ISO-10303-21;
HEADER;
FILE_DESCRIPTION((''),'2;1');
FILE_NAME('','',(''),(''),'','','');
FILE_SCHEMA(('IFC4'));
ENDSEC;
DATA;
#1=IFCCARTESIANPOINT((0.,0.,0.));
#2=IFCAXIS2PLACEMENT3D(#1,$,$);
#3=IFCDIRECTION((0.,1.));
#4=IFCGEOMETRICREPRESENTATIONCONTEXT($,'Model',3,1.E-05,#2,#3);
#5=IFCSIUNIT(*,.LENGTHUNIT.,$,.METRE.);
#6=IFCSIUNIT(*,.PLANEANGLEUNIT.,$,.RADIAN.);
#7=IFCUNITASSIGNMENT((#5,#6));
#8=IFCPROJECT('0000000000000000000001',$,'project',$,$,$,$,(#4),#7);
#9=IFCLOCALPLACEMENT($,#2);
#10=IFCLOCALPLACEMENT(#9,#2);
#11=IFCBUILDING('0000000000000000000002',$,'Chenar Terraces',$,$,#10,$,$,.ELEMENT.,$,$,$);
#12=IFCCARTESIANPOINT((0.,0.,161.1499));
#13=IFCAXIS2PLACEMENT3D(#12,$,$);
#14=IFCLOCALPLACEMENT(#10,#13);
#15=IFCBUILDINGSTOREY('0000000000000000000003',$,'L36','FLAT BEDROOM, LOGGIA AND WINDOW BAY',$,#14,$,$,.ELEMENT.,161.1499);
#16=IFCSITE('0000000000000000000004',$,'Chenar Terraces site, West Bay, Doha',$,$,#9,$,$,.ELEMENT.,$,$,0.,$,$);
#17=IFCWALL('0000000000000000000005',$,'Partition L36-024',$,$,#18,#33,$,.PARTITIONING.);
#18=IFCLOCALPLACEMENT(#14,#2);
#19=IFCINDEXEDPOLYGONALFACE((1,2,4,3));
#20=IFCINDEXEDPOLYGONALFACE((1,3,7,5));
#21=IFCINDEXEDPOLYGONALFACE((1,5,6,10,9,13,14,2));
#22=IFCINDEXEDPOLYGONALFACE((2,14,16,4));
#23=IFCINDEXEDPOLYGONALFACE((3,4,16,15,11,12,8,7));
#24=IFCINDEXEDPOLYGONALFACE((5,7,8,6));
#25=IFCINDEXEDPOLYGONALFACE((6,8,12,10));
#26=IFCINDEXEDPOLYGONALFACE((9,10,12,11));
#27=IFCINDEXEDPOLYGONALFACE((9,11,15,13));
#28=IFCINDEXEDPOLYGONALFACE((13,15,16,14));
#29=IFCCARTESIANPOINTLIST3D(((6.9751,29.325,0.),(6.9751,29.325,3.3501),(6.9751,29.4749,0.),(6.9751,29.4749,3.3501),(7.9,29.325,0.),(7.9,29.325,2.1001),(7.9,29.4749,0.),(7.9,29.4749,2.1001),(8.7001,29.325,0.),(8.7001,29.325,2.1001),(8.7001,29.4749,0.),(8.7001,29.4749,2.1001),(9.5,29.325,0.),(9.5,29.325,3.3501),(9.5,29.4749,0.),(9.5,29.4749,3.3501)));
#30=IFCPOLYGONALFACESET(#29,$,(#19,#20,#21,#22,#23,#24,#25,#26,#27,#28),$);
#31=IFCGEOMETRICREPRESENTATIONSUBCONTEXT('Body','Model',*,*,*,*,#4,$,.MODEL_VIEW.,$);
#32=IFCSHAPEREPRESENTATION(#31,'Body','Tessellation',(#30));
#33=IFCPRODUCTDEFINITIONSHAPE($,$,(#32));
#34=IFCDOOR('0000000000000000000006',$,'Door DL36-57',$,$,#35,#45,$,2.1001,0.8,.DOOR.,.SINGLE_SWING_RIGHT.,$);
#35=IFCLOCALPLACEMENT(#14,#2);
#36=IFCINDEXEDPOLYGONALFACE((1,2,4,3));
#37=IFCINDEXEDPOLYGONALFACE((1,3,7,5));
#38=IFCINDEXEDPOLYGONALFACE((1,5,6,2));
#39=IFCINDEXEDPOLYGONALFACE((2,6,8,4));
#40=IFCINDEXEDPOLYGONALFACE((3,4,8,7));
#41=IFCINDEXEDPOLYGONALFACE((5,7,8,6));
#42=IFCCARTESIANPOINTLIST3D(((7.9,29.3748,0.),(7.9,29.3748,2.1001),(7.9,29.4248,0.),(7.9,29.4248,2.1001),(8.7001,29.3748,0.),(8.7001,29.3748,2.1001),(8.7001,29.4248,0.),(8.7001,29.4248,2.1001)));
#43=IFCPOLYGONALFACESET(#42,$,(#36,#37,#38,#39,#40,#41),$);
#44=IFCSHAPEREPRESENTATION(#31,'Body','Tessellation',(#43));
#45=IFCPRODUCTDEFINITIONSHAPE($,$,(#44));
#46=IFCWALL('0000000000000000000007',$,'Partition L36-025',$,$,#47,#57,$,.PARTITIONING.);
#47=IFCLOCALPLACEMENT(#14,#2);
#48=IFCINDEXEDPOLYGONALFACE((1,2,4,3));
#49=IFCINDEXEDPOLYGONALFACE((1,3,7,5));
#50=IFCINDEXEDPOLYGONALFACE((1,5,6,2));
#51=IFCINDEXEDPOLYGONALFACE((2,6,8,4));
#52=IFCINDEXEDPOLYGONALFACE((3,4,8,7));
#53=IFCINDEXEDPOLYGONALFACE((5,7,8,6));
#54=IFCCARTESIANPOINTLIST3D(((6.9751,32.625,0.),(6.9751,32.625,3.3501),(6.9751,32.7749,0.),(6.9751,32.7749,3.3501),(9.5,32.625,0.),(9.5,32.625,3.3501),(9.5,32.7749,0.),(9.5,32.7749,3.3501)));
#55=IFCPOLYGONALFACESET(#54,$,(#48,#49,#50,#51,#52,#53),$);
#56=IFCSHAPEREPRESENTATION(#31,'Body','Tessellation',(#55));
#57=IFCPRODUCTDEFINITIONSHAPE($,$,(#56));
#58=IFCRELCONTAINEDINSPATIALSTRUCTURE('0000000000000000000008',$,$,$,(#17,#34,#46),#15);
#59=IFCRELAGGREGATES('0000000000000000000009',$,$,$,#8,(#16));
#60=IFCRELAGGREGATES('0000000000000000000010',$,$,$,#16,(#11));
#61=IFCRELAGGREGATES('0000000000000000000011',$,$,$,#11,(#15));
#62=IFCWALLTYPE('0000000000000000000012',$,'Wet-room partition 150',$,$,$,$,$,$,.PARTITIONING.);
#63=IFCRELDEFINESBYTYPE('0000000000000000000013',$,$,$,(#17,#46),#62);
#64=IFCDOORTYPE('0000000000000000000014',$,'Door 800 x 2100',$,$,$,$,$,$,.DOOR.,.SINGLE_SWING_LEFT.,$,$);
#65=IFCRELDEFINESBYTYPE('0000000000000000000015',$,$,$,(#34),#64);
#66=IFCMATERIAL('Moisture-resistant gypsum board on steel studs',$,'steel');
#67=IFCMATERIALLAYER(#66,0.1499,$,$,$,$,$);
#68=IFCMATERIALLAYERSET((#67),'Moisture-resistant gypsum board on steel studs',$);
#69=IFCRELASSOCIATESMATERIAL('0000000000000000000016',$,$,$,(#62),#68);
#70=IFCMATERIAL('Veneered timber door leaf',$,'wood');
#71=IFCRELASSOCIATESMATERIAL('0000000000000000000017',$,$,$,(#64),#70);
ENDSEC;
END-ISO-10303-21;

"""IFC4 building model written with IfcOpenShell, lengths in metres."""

from ifc_helpers import new_model, si_unit, direction, frame, frame_2d, origin, place, context, subcontext, project, spatial, rectangle, extrude, material, layer, layer_set, type_object, element, fill, save


model = new_model("IFC4")

# Units and contexts
model_context = context("Model", 3, precision=1e-05, world=origin(), true_north=direction((0.0, 1.0)))
body_context = subcontext(model_context, "Body", "Model", "MODEL_VIEW")
ifc_project = project(units=[si_unit("LENGTHUNIT", "METRE"), si_unit("PLANEANGLEUNIT", "RADIAN")], contexts=[model_context])

# Site, building, storey
site_placement = place(None, origin())
site = spatial("IfcSite", under=ifc_project, at=site_placement, Name="Chenar Terraces site, West Bay, Doha", CompositionType="ELEMENT", RefElevation=0.0)
building_placement = place(site_placement, origin())
building = spatial("IfcBuilding", under=site, at=building_placement, Name="Chenar Terraces", CompositionType="ELEMENT")
storey_placement = place(building_placement, frame((0.0, 0.0, 161.1499)))
storey = spatial("IfcBuildingStorey", under=building, at=storey_placement, Name="L36", Description="FLAT BEDROOM, LOGGIA AND WINDOW BAY", CompositionType="ELEMENT", Elevation=161.1499)

# Wall, opening, door
ifc_material_1 = material(Name="Moisture-resistant gypsum board on steel studs", Category="steel")
ifc_layer_1 = layer(ifc_material_1, 0.1499)
ifc_layer_set_1 = layer_set([ifc_layer_1], Name="Moisture-resistant gypsum board on steel studs")
wall_type_1 = type_object("IfcWallType", Name="Wet-room partition 150", PredefinedType="PARTITIONING", material=ifc_layer_set_1)
wall_1_placement = place(storey_placement, frame((6.9751, 29.3999, 0.0), z_axis=(0.0, 0.0, 1.0), x_axis=(1.0, 0.0, 0.0)))
wall_1 = element("IfcWall", 1, at=wall_1_placement, inside=storey, type_object=wall_type_1, Name="Partition L36-024", PredefinedType="PARTITIONING", context=body_context, shape_type="SweptSolid", body=[
    extrude(rectangle(XDim=2.5249, YDim=0.1499, at=frame_2d((1.2625, 0.0))), origin(), (0.0, 0.0, 1.0), 3.3501),
])
opening_1_placement = place(wall_1_placement, frame((0.925, 0.0, 0.0)))
opening_1 = element("IfcOpeningElement", 2, at=opening_1_placement, cuts=wall_1, PredefinedType="OPENING", context=body_context, shape_type="SweptSolid", body=[
    extrude(rectangle(XDim=0.8, YDim=2.1001, at=frame_2d((0.3999, 1.05))), frame((0.0, 0.085, 0.0), z_axis=(0.0, -1.0, 0.0), x_axis=(1.0, 0.0, 0.0)), (0.0, 0.0, 1.0), 0.1699),
])
ifc_material_2 = material(Name="Veneered timber door leaf", Category="wood")
door_type_1 = type_object("IfcDoorType", Name="Door 800 x 2100", OperationType="SINGLE_SWING_LEFT", PredefinedType="DOOR", material=ifc_material_2)
door_1_placement = place(opening_1_placement, origin())
door_1 = element("IfcDoor", 3, at=door_1_placement, inside=storey, type_object=door_type_1, Name="Door DL36-57", OperationType="SINGLE_SWING_RIGHT", OverallHeight=2.1001, OverallWidth=0.8, PredefinedType="DOOR", context=body_context, shape_type="SweptSolid", body=[
    extrude(rectangle(XDim=0.8, YDim=2.1001, at=frame_2d((0.3999, 1.05))), frame((0.0, 0.0249, 0.0), z_axis=(0.0, -1.0, 0.0), x_axis=(1.0, 0.0, 0.0)), (0.0, 0.0, 1.0), 0.05),
])
fill(opening_1, door_1)

# Wall
wall_2_placement = place(storey_placement, frame((6.9751, 32.7, 0.0), z_axis=(0.0, 0.0, 1.0), x_axis=(1.0, 0.0, 0.0)))
element("IfcWall", 4, at=wall_2_placement, inside=storey, type_object=wall_type_1, Name="Partition L36-025", PredefinedType="PARTITIONING", context=body_context, shape_type="SweptSolid", body=[
    extrude(rectangle(XDim=2.5249, YDim=0.1499, at=frame_2d((1.2625, 0.0))), origin(), (0.0, 0.0, 1.0), 3.3501),
])

save(model, "model.ifc")
